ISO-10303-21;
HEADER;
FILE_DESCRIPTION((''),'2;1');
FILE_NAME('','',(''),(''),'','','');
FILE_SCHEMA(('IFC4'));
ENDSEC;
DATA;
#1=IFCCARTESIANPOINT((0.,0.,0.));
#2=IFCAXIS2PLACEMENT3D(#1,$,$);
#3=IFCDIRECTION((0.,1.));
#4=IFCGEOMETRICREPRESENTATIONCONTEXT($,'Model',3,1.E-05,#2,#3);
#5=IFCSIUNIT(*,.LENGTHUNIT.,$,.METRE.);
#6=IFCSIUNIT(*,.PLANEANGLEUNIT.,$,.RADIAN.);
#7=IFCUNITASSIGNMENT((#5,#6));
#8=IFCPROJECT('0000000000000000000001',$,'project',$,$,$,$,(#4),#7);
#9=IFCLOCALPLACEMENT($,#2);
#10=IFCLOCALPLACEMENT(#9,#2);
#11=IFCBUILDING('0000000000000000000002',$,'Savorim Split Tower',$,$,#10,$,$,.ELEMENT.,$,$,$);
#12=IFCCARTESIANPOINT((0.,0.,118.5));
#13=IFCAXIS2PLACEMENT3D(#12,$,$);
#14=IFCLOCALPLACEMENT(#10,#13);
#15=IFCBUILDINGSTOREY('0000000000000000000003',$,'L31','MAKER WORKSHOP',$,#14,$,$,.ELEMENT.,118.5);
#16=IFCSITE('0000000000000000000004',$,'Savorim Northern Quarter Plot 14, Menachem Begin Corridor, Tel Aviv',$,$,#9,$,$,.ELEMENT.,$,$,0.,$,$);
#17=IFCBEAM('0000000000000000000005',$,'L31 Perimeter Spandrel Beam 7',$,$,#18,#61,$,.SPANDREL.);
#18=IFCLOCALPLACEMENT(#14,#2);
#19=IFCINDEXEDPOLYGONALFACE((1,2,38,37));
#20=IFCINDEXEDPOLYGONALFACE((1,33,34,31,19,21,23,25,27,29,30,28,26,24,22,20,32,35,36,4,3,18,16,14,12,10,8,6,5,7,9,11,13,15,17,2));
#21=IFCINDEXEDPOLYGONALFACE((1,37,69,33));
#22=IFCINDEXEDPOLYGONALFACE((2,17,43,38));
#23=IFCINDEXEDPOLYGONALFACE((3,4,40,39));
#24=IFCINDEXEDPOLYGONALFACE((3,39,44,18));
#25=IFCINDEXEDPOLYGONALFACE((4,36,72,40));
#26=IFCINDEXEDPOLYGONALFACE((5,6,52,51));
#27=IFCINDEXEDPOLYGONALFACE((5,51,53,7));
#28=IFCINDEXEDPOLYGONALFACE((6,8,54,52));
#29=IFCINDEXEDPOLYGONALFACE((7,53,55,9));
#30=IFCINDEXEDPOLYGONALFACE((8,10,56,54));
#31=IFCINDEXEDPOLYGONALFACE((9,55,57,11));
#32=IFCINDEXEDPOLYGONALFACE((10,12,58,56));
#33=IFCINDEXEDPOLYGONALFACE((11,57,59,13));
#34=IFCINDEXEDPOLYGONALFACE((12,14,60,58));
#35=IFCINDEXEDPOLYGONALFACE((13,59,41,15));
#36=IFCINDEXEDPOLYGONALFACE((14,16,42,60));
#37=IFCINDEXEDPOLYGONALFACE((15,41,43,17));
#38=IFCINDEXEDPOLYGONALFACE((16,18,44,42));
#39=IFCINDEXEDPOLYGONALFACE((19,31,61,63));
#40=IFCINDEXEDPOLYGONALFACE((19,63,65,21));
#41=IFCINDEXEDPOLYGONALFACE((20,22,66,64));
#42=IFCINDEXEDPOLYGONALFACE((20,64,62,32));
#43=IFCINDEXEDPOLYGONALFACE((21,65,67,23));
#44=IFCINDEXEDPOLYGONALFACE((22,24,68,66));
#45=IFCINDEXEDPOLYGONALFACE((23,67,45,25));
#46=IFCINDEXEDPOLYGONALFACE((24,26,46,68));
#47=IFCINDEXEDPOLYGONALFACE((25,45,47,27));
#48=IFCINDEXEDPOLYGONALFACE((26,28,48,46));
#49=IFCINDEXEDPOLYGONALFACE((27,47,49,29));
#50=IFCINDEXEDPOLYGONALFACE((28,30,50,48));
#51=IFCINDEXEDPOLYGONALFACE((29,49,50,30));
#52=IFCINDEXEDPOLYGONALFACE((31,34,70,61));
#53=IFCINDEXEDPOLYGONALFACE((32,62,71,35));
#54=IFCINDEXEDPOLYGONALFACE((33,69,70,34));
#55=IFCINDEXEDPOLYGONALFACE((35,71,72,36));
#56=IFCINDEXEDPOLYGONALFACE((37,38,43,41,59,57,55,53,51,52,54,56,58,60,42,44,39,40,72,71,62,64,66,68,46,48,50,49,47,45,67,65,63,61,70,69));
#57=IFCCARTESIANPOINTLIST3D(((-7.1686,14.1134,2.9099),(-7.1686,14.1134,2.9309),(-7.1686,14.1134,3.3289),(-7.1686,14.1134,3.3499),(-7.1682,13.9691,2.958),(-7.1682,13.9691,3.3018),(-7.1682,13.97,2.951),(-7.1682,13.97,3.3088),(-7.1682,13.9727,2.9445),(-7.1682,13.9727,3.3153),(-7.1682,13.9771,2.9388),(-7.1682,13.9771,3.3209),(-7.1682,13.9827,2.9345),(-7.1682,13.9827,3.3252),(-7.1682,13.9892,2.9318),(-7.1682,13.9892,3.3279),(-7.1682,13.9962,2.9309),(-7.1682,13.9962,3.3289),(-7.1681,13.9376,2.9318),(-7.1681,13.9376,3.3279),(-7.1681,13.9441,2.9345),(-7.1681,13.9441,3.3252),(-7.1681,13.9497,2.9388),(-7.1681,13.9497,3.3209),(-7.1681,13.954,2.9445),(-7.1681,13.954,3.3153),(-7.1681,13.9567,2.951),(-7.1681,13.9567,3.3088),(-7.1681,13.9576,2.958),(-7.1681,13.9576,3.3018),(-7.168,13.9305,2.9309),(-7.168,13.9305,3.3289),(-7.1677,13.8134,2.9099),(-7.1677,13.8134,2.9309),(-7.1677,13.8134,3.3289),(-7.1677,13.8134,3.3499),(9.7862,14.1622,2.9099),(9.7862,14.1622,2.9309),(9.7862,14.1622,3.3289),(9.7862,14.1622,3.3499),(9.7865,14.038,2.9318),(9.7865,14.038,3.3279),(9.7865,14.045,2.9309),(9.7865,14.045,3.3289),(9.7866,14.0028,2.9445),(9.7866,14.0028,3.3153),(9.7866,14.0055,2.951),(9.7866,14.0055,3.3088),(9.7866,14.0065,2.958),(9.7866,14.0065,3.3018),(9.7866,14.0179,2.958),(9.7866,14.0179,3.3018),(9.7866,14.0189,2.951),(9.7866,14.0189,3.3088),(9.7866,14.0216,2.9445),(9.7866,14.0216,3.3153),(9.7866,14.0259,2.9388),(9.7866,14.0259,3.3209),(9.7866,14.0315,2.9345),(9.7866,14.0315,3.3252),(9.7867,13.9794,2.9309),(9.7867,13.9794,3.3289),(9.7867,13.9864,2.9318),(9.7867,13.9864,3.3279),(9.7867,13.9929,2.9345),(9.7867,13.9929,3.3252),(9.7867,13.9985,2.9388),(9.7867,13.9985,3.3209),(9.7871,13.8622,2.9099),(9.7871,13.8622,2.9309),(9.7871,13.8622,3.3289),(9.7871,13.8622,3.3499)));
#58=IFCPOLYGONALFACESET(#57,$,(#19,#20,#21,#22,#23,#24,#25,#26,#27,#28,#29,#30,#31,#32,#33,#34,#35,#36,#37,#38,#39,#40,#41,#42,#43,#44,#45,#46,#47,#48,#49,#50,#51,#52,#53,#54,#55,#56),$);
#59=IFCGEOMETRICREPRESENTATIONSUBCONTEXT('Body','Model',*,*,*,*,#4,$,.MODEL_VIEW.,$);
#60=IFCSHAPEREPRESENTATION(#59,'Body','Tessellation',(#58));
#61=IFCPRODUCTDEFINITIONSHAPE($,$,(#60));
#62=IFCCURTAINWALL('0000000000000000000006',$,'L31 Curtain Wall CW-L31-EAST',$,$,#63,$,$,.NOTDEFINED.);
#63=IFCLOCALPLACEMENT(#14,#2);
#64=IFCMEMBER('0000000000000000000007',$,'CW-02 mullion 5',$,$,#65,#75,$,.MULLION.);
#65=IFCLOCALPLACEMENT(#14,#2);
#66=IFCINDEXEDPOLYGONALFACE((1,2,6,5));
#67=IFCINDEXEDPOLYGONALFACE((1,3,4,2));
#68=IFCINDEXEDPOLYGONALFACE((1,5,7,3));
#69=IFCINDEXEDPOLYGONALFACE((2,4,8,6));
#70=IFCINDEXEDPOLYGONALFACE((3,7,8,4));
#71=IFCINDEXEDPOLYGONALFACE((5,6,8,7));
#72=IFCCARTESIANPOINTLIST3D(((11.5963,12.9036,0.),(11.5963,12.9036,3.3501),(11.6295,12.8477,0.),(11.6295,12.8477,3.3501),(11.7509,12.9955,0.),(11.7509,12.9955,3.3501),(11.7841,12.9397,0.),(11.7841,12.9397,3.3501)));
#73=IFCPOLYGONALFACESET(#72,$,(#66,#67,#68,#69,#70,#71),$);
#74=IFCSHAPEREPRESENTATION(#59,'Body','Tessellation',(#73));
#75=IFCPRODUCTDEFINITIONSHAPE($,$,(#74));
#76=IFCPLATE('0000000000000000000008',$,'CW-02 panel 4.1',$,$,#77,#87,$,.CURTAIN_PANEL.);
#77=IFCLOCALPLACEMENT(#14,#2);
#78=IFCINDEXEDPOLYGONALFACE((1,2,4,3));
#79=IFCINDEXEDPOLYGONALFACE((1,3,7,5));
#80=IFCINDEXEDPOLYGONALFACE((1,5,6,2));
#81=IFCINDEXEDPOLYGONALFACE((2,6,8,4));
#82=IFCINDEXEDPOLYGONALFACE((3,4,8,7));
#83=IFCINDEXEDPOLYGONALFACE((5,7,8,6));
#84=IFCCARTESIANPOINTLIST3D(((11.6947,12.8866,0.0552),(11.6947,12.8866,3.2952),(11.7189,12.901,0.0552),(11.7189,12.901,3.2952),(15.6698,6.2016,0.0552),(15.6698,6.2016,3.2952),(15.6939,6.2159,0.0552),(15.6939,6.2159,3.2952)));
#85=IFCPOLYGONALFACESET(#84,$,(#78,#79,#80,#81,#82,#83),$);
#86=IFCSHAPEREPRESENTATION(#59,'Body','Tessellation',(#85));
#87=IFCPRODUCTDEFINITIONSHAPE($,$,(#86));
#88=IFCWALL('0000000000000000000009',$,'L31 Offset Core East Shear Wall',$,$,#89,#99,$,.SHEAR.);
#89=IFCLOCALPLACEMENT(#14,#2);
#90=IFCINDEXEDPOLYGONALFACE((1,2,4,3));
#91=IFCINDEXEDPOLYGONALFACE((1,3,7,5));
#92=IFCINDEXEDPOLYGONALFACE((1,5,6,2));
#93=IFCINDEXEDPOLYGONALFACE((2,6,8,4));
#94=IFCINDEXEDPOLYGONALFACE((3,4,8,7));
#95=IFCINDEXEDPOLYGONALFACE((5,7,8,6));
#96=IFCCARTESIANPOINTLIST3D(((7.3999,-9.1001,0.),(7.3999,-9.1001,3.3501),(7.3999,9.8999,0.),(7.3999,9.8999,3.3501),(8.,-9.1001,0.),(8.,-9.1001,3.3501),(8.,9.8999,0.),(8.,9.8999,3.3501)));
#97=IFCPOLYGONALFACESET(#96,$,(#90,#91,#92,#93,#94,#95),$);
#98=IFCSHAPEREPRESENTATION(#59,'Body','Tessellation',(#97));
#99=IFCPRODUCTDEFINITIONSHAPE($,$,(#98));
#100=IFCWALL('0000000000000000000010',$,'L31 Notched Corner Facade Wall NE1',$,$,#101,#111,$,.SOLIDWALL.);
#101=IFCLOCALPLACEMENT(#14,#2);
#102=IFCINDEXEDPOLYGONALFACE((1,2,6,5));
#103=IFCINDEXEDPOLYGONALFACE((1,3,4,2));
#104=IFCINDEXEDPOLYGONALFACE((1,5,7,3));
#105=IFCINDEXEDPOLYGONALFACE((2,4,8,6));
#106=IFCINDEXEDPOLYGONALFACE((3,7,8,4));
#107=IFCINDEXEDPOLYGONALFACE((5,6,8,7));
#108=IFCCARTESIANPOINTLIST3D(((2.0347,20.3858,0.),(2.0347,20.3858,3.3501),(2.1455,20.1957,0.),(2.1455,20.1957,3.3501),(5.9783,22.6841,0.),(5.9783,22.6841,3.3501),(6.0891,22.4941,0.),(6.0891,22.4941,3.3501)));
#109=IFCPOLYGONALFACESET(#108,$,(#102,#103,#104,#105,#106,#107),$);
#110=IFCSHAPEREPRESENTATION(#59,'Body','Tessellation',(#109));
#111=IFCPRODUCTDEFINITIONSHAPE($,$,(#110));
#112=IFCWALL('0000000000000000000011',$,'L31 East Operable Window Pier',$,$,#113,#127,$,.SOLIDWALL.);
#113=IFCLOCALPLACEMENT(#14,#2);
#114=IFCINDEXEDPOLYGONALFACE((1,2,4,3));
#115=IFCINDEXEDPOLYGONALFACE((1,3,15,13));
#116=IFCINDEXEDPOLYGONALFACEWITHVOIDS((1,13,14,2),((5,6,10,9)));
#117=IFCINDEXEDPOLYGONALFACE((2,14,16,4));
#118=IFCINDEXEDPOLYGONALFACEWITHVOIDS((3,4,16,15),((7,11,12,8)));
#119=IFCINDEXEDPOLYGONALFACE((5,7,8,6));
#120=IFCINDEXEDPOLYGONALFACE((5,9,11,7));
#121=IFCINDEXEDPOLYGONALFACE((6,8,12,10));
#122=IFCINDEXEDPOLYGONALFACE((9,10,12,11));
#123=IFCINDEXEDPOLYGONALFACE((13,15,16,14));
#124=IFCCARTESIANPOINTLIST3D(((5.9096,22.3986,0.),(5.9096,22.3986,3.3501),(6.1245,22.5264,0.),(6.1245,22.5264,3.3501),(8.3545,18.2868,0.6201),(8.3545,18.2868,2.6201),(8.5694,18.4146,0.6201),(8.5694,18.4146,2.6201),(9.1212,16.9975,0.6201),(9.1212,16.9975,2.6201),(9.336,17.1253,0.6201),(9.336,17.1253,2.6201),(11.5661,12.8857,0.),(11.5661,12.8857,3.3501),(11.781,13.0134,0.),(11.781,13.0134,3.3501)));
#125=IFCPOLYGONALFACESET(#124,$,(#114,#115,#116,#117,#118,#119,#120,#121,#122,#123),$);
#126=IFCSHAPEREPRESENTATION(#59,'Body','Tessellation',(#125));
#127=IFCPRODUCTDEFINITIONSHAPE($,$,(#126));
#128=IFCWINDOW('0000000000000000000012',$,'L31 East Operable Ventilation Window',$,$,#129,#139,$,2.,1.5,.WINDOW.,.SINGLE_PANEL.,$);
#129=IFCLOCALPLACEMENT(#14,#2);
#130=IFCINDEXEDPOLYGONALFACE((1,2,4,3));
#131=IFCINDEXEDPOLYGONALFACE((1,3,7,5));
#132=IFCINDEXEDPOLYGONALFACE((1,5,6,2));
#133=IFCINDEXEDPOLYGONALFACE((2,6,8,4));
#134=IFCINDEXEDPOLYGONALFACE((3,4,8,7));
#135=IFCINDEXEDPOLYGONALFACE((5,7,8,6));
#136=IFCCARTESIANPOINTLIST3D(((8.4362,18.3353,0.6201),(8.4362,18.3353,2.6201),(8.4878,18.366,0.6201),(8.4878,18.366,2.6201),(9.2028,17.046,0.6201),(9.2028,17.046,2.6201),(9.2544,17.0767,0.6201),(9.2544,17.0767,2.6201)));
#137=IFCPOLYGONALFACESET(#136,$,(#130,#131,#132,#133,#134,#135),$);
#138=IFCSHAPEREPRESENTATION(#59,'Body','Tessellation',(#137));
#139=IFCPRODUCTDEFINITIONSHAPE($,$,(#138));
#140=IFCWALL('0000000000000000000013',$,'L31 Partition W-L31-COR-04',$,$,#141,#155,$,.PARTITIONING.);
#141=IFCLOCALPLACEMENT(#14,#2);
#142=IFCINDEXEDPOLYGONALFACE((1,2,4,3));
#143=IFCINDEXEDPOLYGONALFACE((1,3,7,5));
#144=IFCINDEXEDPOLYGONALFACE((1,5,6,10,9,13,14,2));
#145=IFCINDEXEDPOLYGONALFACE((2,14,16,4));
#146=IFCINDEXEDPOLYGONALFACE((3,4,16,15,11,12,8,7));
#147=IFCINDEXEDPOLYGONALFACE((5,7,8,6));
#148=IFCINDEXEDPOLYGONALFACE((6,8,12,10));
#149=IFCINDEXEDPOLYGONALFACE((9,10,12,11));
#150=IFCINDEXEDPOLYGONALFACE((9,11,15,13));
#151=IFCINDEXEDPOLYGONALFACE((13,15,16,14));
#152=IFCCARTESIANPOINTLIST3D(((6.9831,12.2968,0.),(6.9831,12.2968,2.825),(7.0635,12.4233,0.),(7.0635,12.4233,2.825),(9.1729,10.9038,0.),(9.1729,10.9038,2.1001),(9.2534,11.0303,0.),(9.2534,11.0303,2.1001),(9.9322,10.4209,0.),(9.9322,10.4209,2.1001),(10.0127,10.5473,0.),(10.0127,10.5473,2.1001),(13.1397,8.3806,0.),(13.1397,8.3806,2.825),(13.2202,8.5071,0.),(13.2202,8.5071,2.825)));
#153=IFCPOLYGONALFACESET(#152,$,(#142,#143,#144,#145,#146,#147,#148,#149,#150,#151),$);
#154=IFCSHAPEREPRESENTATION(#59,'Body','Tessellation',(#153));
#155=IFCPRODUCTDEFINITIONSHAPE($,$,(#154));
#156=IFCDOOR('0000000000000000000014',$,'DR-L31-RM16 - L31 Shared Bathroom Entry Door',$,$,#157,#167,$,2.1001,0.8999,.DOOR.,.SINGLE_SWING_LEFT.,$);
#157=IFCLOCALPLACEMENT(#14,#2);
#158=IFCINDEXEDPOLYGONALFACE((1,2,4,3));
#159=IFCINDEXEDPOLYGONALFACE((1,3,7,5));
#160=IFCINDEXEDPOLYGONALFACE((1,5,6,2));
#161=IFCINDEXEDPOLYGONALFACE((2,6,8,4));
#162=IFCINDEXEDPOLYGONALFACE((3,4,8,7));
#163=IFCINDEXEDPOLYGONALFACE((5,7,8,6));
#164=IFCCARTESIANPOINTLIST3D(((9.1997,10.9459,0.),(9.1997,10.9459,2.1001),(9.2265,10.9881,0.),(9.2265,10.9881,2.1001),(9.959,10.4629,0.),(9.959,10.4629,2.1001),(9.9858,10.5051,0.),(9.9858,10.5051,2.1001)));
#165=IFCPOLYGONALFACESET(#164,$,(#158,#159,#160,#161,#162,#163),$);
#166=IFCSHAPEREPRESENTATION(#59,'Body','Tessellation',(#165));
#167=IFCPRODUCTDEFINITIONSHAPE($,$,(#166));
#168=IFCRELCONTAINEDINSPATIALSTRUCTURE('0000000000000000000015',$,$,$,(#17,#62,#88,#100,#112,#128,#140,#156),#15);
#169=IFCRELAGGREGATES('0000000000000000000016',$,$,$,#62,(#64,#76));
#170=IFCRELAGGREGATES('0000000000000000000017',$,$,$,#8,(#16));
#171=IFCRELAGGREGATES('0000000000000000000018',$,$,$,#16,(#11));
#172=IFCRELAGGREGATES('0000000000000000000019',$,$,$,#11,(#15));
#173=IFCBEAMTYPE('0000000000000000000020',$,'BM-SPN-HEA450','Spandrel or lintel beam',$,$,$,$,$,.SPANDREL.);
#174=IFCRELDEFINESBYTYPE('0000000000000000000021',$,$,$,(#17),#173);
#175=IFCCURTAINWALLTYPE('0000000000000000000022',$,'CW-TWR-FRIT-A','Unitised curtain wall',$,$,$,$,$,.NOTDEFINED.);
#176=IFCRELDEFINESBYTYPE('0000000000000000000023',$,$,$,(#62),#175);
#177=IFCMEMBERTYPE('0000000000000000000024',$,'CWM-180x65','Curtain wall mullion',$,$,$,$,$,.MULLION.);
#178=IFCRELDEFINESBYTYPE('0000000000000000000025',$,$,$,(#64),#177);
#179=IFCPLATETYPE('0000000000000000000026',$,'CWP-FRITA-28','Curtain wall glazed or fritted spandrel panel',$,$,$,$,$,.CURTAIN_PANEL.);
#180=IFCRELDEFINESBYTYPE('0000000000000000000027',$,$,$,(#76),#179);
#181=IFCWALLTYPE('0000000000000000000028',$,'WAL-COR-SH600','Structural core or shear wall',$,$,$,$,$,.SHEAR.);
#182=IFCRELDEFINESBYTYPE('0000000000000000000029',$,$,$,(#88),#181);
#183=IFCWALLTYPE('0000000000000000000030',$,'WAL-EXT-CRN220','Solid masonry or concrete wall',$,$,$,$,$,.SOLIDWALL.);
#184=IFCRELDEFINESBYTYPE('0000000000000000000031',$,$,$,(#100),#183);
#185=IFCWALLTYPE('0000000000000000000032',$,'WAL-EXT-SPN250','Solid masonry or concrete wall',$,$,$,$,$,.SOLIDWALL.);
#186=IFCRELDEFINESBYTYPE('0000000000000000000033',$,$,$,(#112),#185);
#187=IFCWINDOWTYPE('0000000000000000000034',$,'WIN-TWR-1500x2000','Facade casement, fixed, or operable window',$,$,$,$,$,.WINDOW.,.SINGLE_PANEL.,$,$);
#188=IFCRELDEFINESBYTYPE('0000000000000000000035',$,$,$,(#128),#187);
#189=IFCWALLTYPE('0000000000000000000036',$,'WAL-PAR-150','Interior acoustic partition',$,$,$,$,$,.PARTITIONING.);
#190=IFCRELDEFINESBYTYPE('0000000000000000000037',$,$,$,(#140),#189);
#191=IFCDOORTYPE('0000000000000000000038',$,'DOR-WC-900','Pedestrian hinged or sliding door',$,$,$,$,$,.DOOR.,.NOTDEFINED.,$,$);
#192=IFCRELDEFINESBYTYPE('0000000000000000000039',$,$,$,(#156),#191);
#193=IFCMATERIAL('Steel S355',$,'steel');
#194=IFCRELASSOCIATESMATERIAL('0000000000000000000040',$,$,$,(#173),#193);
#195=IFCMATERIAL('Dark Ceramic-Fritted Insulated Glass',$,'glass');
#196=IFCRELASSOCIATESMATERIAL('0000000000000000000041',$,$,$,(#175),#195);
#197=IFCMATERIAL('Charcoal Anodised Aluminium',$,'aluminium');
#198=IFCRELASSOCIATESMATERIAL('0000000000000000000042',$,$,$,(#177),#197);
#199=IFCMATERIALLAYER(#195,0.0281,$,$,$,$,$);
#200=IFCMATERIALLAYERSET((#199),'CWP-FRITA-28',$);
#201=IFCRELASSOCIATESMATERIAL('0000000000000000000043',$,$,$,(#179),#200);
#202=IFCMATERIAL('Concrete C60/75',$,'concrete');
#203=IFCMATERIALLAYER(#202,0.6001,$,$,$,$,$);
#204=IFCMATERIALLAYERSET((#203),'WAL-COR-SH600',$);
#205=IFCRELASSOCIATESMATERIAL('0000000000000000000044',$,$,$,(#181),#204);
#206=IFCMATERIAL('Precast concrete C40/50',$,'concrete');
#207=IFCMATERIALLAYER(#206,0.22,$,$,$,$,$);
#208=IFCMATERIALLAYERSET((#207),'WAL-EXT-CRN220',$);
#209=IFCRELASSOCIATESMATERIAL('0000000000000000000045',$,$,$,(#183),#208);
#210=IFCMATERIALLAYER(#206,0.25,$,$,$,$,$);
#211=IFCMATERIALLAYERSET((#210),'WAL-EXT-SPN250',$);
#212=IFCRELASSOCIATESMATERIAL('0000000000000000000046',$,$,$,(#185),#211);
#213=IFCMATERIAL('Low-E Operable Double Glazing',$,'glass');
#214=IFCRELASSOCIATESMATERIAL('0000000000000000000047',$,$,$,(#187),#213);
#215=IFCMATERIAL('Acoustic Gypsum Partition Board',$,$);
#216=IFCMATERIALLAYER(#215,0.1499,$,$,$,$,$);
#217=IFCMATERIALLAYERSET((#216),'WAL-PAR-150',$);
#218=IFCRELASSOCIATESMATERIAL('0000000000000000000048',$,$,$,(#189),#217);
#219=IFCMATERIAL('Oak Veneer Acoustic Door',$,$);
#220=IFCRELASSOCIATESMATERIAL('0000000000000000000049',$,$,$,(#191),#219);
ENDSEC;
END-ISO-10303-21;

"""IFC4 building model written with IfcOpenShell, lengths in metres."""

from ifc_helpers import new_model, si_unit, direction, frame, frame_2d, origin, origin_2d, place, context, subcontext, project, spatial, rectangle, i_section, extrude, material, layer, layer_set, material_profile, profile_set, type_object, element, fill, aggregate, save


model = new_model("IFC4")

# Units and contexts
model_context = context("Model", 3, precision=1e-05, world=origin(), true_north=direction((0.0, 1.0)))
body_context = subcontext(model_context, "Body", "Model", "MODEL_VIEW")
ifc_project = project(units=[si_unit("LENGTHUNIT", "METRE"), si_unit("PLANEANGLEUNIT", "RADIAN")], contexts=[model_context])

# Site, building, storey
site_placement = place(None, origin())
site = spatial("IfcSite", under=ifc_project, at=site_placement, Name="Savorim Northern Quarter Plot 14, Menachem Begin Corridor, Tel Aviv", CompositionType="ELEMENT", RefElevation=0.0)
building_placement = place(site_placement, origin())
building = spatial("IfcBuilding", under=site, at=building_placement, Name="Savorim Split Tower", CompositionType="ELEMENT")
storey_placement = place(building_placement, frame((0.0, 0.0, 118.5)))
storey = spatial("IfcBuildingStorey", under=building, at=storey_placement, Name="L31", Description="MAKER WORKSHOP", CompositionType="ELEMENT", Elevation=118.5)

# Beam
ifc_material_1 = material(Name="Steel S355", Category="steel")
ifc_material_profile_1 = material_profile(ifc_material_1, i_section(OverallWidth=0.3, OverallDepth=0.4399, WebThickness=0.0115, FlangeThickness=0.021, FilletRadius=0.0271, at=origin_2d()), Name="HEA 450")
ifc_profile_set_1 = profile_set([ifc_material_profile_1], Name="Steel S355")
beam_type_1 = type_object("IfcBeamType", Name="BM-SPN-HEA450", Description="Spandrel or lintel beam", PredefinedType="SPANDREL", material=ifc_profile_set_1)
beam_1_placement = place(storey_placement, frame((9.7866, 14.0122, 3.1299), z_axis=(-0.999996, -0.00288, 0.0), x_axis=(0.00288, -0.999996, 0.0)))
element("IfcBeam", 1, at=beam_1_placement, inside=storey, type_object=beam_type_1, Name="L31 Perimeter Spandrel Beam 7", PredefinedType="SPANDREL", context=body_context, shape_type="SweptSolid", body=[
    extrude(i_section(OverallWidth=0.3, OverallDepth=0.4399, WebThickness=0.0115, FlangeThickness=0.021, FilletRadius=0.0271, at=origin_2d()), origin(), (0.0, 0.0, 1.0), 16.9548),
])

# Curtain wall, member, plate
ifc_material_2 = material(Name="Dark Ceramic-Fritted Insulated Glass", Category="glass")
curtain_wall_type = type_object("IfcCurtainWallType", Name="CW-TWR-FRIT-A", Description="Unitised curtain wall", PredefinedType="NOTDEFINED", material=ifc_material_2)
curtain_wall_placement = place(storey_placement, origin())
curtain_wall = element("IfcCurtainWall", 2, at=curtain_wall_placement, inside=storey, type_object=curtain_wall_type, Name="L31 Curtain Wall CW-L31-EAST", PredefinedType="NOTDEFINED")
ifc_material_3 = material(Name="Charcoal Anodised Aluminium", Category="aluminium")
ifc_material_profile_2 = material_profile(ifc_material_3, rectangle(XDim=0.1799, YDim=0.0649, at=origin_2d()), Name="ALU-M 180x65")
ifc_profile_set_2 = profile_set([ifc_material_profile_2], Name="Charcoal Anodised Aluminium")
member_type = type_object("IfcMemberType", Name="CWM-180x65", Description="Curtain wall mullion", PredefinedType="MULLION", material=ifc_profile_set_2)
member_placement = place(storey_placement, frame((11.6902, 12.9216, 0.0), z_axis=(0.0, 0.0, 1.0), x_axis=(-0.859525, -0.511093, 0.0)))
member = element("IfcMember", 3, at=member_placement, type_object=member_type, Name="CW-02 mullion 5", PredefinedType="MULLION", context=body_context, shape_type="SweptSolid", body=[
    extrude(rectangle(XDim=0.1799, YDim=0.0649, at=origin_2d()), origin(), (0.0, 0.0, 1.0), 3.3501),
])
ifc_layer_1 = layer(ifc_material_2, 0.0281)
ifc_layer_set_1 = layer_set([ifc_layer_1], Name="CWP-FRITA-28")
plate_type = type_object("IfcPlateType", Name="CWP-FRITA-28", Description="Curtain wall glazed or fritted spandrel panel", PredefinedType="CURTAIN_PANEL", material=ifc_layer_set_1)
plate_placement = place(storey_placement, frame((13.6943, 9.5513, 0.0552), z_axis=(0.0, 0.0, 1.0), x_axis=(-0.511093, 0.859525, 0.0)))
plate = element("IfcPlate", 4, at=plate_placement, type_object=plate_type, Name="CW-02 panel 4.1", PredefinedType="CURTAIN_PANEL", context=body_context, shape_type="SweptSolid", body=[
    extrude(rectangle(XDim=7.7776, YDim=0.0281, at=origin_2d()), origin(), (0.0, 0.0, 1.0), 3.24),
])
aggregate(curtain_wall, [member, plate])

# Shared definitions
ifc_material_4 = material(Name="Concrete C60/75", Category="concrete")
ifc_layer_2 = layer(ifc_material_4, 0.6001)
ifc_layer_set_2 = layer_set([ifc_layer_2], Name="WAL-COR-SH600")
wall_type_1 = type_object("IfcWallType", Name="WAL-COR-SH600", Description="Structural core or shear wall", PredefinedType="SHEAR", material=ifc_layer_set_2)

# Walls
wall_1_placement = place(storey_placement, frame((7.7, 9.8999, 0.0), z_axis=(0.0, 0.0, 1.0), x_axis=(0.0, -1.0, 0.0)))
element("IfcWall", 5, at=wall_1_placement, inside=storey, type_object=wall_type_1, Name="L31 Offset Core East Shear Wall", PredefinedType="SHEAR", context=body_context, shape_type="SweptSolid", body=[
    extrude(rectangle(XDim=19.0, YDim=0.6001, at=frame_2d((9.5, 0.0))), origin(), (0.0, 0.0, 1.0), 3.3501),
])
ifc_material_5 = material(Name="Precast concrete C40/50", Category="concrete")
ifc_layer_3 = layer(ifc_material_5, 0.22)
ifc_layer_set_3 = layer_set([ifc_layer_3], Name="WAL-EXT-CRN220")
wall_type_2 = type_object("IfcWallType", Name="WAL-EXT-CRN220", Description="Solid masonry or concrete wall", PredefinedType="SOLIDWALL", material=ifc_layer_set_3)
wall_2_placement = place(storey_placement, frame((2.0901, 20.2908, 0.0), z_axis=(0.0, 0.0, 1.0), x_axis=(0.863979, 0.503528, 0.0)))
element("IfcWall", 6, at=wall_2_placement, inside=storey, type_object=wall_type_2, Name="L31 Notched Corner Facade Wall NE1", PredefinedType="SOLIDWALL", context=body_context, shape_type="SweptSolid", body=[
    extrude(rectangle(XDim=4.5645, YDim=0.22, at=frame_2d((2.2822, 0.0))), origin(), (0.0, 0.0, 1.0), 3.3501),
])

# Wall, opening, window
ifc_layer_4 = layer(ifc_material_5, 0.25)
ifc_layer_set_4 = layer_set([ifc_layer_4], Name="WAL-EXT-SPN250")
wall_type_3 = type_object("IfcWallType", Name="WAL-EXT-SPN250", Description="Solid masonry or concrete wall", PredefinedType="SOLIDWALL", material=ifc_layer_set_4)
wall_3_placement = place(storey_placement, frame((6.0171, 22.4624, 0.0), z_axis=(0.0, 0.0, 1.0), x_axis=(0.511086, -0.85953, 0.0)))
wall_3 = element("IfcWall", 7, at=wall_3_placement, inside=storey, type_object=wall_type_3, Name="L31 East Operable Window Pier", PredefinedType="SOLIDWALL", context=body_context, shape_type="SweptSolid", body=[
    extrude(rectangle(XDim=11.0676, YDim=0.25, at=frame_2d((5.5337, 0.0))), origin(), (0.0, 0.0, 1.0), 3.3501),
])
opening_1_placement = place(wall_3_placement, frame((4.7837, 0.0, 0.6201)))
opening_1 = element("IfcOpeningElement", 8, at=opening_1_placement, cuts=wall_3, PredefinedType="OPENING", context=body_context, shape_type="SweptSolid", body=[
    extrude(rectangle(XDim=1.5, YDim=2.0, at=frame_2d((0.75, 1.0))), frame((0.0, 0.135, 0.0), z_axis=(0.0, -1.0, 0.0), x_axis=(1.0, 0.0, 0.0)), (0.0, 0.0, 1.0), 0.27),
])
ifc_material_6 = material(Name="Low-E Operable Double Glazing", Category="glass")
window_type = type_object("IfcWindowType", Name="WIN-TWR-1500x2000", Description="Facade casement, fixed, or operable window", PartitioningType="SINGLE_PANEL", PredefinedType="WINDOW", material=ifc_material_6)
window_placement = place(opening_1_placement, origin())
window = element("IfcWindow", 9, at=window_placement, inside=storey, type_object=window_type, Name="L31 East Operable Ventilation Window", OverallHeight=2.0, OverallWidth=1.5, PartitioningType="SINGLE_PANEL", PredefinedType="WINDOW", context=body_context, shape_type="SweptSolid", body=[
    extrude(rectangle(XDim=1.5, YDim=2.0, at=frame_2d((0.75, 1.0))), frame((0.0, 0.03, 0.0), z_axis=(0.0, -1.0, 0.0), x_axis=(1.0, 0.0, 0.0)), (0.0, 0.0, 1.0), 0.0601),
])
fill(opening_1, window)

# Wall, opening, door
ifc_material_7 = material(Name="Acoustic Gypsum Partition Board")
ifc_layer_5 = layer(ifc_material_7, 0.1499)
ifc_layer_set_5 = layer_set([ifc_layer_5], Name="WAL-PAR-150")
wall_type_4 = type_object("IfcWallType", Name="WAL-PAR-150", Description="Interior acoustic partition", PredefinedType="PARTITIONING", material=ifc_layer_set_5)
wall_4_placement = place(storey_placement, frame((7.0232, 12.3601, 0.0), z_axis=(0.0, 0.0, 1.0), x_axis=(0.843765, -0.536713, 0.0)))
wall_4 = element("IfcWall", 10, at=wall_4_placement, inside=storey, type_object=wall_type_4, Name="L31 Partition W-L31-COR-04", PredefinedType="PARTITIONING", context=body_context, shape_type="SweptSolid", body=[
    extrude(rectangle(XDim=7.2966, YDim=0.1499, at=frame_2d((3.6484, 0.0))), origin(), (0.0, 0.0, 1.0), 2.825),
])
opening_2_placement = place(wall_4_placement, frame((2.5955, 0.0, 0.0)))
opening_2 = element("IfcOpeningElement", 11, at=opening_2_placement, cuts=wall_4, PredefinedType="OPENING", context=body_context, shape_type="SweptSolid", body=[
    extrude(rectangle(XDim=0.8999, YDim=2.1001, at=frame_2d((0.45, 1.05))), frame((0.0, 0.085, 0.0), z_axis=(0.0, -1.0, 0.0), x_axis=(1.0, 0.0, 0.0)), (0.0, 0.0, 1.0), 0.1699),
])
ifc_material_8 = material(Name="Oak Veneer Acoustic Door")
door_type_1 = type_object("IfcDoorType", Name="DOR-WC-900", Description="Pedestrian hinged or sliding door", OperationType="NOTDEFINED", PredefinedType="DOOR", material=ifc_material_8)
door_1_placement = place(opening_2_placement, origin())
door_1 = element("IfcDoor", 12, at=door_1_placement, inside=storey, type_object=door_type_1, Name="DR-L31-RM16 - L31 Shared Bathroom Entry Door", OperationType="SINGLE_SWING_LEFT", OverallHeight=2.1001, OverallWidth=0.8999, PredefinedType="DOOR", context=body_context, shape_type="SweptSolid", body=[
    extrude(rectangle(XDim=0.8999, YDim=2.1001, at=frame_2d((0.45, 1.05))), frame((0.0, 0.0249, 0.0), z_axis=(0.0, -1.0, 0.0), x_axis=(1.0, 0.0, 0.0)), (0.0, 0.0, 1.0), 0.05),
])
fill(opening_2, door_1)

save(model, "model.ifc")
